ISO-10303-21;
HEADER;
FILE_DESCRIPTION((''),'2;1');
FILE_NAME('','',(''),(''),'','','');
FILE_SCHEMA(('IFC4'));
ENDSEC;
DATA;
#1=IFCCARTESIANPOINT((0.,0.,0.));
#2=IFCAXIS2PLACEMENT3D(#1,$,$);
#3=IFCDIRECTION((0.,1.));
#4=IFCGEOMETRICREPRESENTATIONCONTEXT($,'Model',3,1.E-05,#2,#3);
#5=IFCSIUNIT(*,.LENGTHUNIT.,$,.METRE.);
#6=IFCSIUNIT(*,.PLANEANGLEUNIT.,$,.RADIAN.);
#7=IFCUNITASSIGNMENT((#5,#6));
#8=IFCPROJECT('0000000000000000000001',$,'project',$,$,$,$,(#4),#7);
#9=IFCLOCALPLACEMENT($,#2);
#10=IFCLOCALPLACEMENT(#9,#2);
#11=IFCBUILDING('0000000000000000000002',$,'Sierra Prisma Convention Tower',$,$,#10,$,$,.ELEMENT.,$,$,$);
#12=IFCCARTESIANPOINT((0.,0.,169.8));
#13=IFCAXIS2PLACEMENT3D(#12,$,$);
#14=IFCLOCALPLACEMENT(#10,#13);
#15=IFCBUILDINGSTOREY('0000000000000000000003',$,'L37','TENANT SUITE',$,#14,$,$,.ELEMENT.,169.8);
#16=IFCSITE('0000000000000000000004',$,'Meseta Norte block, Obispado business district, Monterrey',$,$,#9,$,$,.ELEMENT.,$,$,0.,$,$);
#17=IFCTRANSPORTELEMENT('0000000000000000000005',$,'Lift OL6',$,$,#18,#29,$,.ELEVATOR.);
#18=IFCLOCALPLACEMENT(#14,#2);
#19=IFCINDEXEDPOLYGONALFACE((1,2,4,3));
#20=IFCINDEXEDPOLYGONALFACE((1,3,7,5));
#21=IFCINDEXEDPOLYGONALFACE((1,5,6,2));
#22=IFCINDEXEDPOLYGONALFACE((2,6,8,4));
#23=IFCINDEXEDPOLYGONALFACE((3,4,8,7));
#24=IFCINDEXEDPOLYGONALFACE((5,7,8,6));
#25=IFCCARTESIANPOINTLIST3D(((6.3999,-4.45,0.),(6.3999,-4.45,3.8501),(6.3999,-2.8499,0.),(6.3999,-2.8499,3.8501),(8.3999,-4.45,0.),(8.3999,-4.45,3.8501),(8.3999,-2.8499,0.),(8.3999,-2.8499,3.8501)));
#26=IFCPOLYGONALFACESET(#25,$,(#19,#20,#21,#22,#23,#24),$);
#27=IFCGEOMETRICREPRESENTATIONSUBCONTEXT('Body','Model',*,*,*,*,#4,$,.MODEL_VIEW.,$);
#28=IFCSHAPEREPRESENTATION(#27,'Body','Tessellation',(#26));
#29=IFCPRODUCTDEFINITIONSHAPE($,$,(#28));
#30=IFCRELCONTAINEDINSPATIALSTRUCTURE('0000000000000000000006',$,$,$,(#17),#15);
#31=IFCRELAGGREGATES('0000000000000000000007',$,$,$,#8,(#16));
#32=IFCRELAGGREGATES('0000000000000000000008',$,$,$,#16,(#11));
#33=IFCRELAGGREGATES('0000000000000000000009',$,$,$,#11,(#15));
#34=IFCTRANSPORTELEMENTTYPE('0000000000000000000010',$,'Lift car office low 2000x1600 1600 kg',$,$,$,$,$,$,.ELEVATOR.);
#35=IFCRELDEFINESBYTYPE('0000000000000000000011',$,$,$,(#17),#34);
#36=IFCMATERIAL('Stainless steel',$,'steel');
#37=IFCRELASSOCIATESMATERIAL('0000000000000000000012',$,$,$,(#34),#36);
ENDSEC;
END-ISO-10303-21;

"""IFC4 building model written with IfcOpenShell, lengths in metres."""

from ifc_helpers import new_model, si_unit, direction, frame, origin, origin_2d, place, context, subcontext, project, spatial, rectangle, extrude, material, type_object, element, save


model = new_model("IFC4")

# Units and contexts
model_context = context("Model", 3, precision=1e-05, world=origin(), true_north=direction((0.0, 1.0)))
body_context = subcontext(model_context, "Body", "Model", "MODEL_VIEW")
ifc_project = project(units=[si_unit("LENGTHUNIT", "METRE"), si_unit("PLANEANGLEUNIT", "RADIAN")], contexts=[model_context])

# Site, building, storey
site_placement = place(None, origin())
site = spatial("IfcSite", under=ifc_project, at=site_placement, Name="Meseta Norte block, Obispado business district, Monterrey", CompositionType="ELEMENT", RefElevation=0.0)
building_placement = place(site_placement, origin())
building = spatial("IfcBuilding", under=site, at=building_placement, Name="Sierra Prisma Convention Tower", CompositionType="ELEMENT")
storey_placement = place(building_placement, frame((0.0, 0.0, 169.8)))
storey = spatial("IfcBuildingStorey", under=building, at=storey_placement, Name="L37", Description="TENANT SUITE", CompositionType="ELEMENT", Elevation=169.8)

# Transport element
ifc_material_1 = material(Name="Stainless steel", Category="steel")
transport_element_type = type_object("IfcTransportElementType", Name="Lift car office low 2000x1600 1600 kg", PredefinedType="ELEVATOR", material=ifc_material_1)
for number, where, z_axis, x_axis, name in (
    (1, (7.3999, -3.6499, 0.0), (0.0, 0.0, 1.0), (1.0, 0.0, 0.0), "Lift OL6"),
):
    element("IfcTransportElement", number, at=place(storey_placement, frame(where, z_axis=z_axis, x_axis=x_axis)), inside=storey, type_object=transport_element_type, Name=name, PredefinedType="ELEVATOR", context=body_context, shape_type="SweptSolid", body=[
        extrude(rectangle(XDim=2.0, YDim=1.6001, at=origin_2d()), origin(), (0.0, 0.0, 1.0), 3.8501),
    ])

save(model, "model.ifc")
